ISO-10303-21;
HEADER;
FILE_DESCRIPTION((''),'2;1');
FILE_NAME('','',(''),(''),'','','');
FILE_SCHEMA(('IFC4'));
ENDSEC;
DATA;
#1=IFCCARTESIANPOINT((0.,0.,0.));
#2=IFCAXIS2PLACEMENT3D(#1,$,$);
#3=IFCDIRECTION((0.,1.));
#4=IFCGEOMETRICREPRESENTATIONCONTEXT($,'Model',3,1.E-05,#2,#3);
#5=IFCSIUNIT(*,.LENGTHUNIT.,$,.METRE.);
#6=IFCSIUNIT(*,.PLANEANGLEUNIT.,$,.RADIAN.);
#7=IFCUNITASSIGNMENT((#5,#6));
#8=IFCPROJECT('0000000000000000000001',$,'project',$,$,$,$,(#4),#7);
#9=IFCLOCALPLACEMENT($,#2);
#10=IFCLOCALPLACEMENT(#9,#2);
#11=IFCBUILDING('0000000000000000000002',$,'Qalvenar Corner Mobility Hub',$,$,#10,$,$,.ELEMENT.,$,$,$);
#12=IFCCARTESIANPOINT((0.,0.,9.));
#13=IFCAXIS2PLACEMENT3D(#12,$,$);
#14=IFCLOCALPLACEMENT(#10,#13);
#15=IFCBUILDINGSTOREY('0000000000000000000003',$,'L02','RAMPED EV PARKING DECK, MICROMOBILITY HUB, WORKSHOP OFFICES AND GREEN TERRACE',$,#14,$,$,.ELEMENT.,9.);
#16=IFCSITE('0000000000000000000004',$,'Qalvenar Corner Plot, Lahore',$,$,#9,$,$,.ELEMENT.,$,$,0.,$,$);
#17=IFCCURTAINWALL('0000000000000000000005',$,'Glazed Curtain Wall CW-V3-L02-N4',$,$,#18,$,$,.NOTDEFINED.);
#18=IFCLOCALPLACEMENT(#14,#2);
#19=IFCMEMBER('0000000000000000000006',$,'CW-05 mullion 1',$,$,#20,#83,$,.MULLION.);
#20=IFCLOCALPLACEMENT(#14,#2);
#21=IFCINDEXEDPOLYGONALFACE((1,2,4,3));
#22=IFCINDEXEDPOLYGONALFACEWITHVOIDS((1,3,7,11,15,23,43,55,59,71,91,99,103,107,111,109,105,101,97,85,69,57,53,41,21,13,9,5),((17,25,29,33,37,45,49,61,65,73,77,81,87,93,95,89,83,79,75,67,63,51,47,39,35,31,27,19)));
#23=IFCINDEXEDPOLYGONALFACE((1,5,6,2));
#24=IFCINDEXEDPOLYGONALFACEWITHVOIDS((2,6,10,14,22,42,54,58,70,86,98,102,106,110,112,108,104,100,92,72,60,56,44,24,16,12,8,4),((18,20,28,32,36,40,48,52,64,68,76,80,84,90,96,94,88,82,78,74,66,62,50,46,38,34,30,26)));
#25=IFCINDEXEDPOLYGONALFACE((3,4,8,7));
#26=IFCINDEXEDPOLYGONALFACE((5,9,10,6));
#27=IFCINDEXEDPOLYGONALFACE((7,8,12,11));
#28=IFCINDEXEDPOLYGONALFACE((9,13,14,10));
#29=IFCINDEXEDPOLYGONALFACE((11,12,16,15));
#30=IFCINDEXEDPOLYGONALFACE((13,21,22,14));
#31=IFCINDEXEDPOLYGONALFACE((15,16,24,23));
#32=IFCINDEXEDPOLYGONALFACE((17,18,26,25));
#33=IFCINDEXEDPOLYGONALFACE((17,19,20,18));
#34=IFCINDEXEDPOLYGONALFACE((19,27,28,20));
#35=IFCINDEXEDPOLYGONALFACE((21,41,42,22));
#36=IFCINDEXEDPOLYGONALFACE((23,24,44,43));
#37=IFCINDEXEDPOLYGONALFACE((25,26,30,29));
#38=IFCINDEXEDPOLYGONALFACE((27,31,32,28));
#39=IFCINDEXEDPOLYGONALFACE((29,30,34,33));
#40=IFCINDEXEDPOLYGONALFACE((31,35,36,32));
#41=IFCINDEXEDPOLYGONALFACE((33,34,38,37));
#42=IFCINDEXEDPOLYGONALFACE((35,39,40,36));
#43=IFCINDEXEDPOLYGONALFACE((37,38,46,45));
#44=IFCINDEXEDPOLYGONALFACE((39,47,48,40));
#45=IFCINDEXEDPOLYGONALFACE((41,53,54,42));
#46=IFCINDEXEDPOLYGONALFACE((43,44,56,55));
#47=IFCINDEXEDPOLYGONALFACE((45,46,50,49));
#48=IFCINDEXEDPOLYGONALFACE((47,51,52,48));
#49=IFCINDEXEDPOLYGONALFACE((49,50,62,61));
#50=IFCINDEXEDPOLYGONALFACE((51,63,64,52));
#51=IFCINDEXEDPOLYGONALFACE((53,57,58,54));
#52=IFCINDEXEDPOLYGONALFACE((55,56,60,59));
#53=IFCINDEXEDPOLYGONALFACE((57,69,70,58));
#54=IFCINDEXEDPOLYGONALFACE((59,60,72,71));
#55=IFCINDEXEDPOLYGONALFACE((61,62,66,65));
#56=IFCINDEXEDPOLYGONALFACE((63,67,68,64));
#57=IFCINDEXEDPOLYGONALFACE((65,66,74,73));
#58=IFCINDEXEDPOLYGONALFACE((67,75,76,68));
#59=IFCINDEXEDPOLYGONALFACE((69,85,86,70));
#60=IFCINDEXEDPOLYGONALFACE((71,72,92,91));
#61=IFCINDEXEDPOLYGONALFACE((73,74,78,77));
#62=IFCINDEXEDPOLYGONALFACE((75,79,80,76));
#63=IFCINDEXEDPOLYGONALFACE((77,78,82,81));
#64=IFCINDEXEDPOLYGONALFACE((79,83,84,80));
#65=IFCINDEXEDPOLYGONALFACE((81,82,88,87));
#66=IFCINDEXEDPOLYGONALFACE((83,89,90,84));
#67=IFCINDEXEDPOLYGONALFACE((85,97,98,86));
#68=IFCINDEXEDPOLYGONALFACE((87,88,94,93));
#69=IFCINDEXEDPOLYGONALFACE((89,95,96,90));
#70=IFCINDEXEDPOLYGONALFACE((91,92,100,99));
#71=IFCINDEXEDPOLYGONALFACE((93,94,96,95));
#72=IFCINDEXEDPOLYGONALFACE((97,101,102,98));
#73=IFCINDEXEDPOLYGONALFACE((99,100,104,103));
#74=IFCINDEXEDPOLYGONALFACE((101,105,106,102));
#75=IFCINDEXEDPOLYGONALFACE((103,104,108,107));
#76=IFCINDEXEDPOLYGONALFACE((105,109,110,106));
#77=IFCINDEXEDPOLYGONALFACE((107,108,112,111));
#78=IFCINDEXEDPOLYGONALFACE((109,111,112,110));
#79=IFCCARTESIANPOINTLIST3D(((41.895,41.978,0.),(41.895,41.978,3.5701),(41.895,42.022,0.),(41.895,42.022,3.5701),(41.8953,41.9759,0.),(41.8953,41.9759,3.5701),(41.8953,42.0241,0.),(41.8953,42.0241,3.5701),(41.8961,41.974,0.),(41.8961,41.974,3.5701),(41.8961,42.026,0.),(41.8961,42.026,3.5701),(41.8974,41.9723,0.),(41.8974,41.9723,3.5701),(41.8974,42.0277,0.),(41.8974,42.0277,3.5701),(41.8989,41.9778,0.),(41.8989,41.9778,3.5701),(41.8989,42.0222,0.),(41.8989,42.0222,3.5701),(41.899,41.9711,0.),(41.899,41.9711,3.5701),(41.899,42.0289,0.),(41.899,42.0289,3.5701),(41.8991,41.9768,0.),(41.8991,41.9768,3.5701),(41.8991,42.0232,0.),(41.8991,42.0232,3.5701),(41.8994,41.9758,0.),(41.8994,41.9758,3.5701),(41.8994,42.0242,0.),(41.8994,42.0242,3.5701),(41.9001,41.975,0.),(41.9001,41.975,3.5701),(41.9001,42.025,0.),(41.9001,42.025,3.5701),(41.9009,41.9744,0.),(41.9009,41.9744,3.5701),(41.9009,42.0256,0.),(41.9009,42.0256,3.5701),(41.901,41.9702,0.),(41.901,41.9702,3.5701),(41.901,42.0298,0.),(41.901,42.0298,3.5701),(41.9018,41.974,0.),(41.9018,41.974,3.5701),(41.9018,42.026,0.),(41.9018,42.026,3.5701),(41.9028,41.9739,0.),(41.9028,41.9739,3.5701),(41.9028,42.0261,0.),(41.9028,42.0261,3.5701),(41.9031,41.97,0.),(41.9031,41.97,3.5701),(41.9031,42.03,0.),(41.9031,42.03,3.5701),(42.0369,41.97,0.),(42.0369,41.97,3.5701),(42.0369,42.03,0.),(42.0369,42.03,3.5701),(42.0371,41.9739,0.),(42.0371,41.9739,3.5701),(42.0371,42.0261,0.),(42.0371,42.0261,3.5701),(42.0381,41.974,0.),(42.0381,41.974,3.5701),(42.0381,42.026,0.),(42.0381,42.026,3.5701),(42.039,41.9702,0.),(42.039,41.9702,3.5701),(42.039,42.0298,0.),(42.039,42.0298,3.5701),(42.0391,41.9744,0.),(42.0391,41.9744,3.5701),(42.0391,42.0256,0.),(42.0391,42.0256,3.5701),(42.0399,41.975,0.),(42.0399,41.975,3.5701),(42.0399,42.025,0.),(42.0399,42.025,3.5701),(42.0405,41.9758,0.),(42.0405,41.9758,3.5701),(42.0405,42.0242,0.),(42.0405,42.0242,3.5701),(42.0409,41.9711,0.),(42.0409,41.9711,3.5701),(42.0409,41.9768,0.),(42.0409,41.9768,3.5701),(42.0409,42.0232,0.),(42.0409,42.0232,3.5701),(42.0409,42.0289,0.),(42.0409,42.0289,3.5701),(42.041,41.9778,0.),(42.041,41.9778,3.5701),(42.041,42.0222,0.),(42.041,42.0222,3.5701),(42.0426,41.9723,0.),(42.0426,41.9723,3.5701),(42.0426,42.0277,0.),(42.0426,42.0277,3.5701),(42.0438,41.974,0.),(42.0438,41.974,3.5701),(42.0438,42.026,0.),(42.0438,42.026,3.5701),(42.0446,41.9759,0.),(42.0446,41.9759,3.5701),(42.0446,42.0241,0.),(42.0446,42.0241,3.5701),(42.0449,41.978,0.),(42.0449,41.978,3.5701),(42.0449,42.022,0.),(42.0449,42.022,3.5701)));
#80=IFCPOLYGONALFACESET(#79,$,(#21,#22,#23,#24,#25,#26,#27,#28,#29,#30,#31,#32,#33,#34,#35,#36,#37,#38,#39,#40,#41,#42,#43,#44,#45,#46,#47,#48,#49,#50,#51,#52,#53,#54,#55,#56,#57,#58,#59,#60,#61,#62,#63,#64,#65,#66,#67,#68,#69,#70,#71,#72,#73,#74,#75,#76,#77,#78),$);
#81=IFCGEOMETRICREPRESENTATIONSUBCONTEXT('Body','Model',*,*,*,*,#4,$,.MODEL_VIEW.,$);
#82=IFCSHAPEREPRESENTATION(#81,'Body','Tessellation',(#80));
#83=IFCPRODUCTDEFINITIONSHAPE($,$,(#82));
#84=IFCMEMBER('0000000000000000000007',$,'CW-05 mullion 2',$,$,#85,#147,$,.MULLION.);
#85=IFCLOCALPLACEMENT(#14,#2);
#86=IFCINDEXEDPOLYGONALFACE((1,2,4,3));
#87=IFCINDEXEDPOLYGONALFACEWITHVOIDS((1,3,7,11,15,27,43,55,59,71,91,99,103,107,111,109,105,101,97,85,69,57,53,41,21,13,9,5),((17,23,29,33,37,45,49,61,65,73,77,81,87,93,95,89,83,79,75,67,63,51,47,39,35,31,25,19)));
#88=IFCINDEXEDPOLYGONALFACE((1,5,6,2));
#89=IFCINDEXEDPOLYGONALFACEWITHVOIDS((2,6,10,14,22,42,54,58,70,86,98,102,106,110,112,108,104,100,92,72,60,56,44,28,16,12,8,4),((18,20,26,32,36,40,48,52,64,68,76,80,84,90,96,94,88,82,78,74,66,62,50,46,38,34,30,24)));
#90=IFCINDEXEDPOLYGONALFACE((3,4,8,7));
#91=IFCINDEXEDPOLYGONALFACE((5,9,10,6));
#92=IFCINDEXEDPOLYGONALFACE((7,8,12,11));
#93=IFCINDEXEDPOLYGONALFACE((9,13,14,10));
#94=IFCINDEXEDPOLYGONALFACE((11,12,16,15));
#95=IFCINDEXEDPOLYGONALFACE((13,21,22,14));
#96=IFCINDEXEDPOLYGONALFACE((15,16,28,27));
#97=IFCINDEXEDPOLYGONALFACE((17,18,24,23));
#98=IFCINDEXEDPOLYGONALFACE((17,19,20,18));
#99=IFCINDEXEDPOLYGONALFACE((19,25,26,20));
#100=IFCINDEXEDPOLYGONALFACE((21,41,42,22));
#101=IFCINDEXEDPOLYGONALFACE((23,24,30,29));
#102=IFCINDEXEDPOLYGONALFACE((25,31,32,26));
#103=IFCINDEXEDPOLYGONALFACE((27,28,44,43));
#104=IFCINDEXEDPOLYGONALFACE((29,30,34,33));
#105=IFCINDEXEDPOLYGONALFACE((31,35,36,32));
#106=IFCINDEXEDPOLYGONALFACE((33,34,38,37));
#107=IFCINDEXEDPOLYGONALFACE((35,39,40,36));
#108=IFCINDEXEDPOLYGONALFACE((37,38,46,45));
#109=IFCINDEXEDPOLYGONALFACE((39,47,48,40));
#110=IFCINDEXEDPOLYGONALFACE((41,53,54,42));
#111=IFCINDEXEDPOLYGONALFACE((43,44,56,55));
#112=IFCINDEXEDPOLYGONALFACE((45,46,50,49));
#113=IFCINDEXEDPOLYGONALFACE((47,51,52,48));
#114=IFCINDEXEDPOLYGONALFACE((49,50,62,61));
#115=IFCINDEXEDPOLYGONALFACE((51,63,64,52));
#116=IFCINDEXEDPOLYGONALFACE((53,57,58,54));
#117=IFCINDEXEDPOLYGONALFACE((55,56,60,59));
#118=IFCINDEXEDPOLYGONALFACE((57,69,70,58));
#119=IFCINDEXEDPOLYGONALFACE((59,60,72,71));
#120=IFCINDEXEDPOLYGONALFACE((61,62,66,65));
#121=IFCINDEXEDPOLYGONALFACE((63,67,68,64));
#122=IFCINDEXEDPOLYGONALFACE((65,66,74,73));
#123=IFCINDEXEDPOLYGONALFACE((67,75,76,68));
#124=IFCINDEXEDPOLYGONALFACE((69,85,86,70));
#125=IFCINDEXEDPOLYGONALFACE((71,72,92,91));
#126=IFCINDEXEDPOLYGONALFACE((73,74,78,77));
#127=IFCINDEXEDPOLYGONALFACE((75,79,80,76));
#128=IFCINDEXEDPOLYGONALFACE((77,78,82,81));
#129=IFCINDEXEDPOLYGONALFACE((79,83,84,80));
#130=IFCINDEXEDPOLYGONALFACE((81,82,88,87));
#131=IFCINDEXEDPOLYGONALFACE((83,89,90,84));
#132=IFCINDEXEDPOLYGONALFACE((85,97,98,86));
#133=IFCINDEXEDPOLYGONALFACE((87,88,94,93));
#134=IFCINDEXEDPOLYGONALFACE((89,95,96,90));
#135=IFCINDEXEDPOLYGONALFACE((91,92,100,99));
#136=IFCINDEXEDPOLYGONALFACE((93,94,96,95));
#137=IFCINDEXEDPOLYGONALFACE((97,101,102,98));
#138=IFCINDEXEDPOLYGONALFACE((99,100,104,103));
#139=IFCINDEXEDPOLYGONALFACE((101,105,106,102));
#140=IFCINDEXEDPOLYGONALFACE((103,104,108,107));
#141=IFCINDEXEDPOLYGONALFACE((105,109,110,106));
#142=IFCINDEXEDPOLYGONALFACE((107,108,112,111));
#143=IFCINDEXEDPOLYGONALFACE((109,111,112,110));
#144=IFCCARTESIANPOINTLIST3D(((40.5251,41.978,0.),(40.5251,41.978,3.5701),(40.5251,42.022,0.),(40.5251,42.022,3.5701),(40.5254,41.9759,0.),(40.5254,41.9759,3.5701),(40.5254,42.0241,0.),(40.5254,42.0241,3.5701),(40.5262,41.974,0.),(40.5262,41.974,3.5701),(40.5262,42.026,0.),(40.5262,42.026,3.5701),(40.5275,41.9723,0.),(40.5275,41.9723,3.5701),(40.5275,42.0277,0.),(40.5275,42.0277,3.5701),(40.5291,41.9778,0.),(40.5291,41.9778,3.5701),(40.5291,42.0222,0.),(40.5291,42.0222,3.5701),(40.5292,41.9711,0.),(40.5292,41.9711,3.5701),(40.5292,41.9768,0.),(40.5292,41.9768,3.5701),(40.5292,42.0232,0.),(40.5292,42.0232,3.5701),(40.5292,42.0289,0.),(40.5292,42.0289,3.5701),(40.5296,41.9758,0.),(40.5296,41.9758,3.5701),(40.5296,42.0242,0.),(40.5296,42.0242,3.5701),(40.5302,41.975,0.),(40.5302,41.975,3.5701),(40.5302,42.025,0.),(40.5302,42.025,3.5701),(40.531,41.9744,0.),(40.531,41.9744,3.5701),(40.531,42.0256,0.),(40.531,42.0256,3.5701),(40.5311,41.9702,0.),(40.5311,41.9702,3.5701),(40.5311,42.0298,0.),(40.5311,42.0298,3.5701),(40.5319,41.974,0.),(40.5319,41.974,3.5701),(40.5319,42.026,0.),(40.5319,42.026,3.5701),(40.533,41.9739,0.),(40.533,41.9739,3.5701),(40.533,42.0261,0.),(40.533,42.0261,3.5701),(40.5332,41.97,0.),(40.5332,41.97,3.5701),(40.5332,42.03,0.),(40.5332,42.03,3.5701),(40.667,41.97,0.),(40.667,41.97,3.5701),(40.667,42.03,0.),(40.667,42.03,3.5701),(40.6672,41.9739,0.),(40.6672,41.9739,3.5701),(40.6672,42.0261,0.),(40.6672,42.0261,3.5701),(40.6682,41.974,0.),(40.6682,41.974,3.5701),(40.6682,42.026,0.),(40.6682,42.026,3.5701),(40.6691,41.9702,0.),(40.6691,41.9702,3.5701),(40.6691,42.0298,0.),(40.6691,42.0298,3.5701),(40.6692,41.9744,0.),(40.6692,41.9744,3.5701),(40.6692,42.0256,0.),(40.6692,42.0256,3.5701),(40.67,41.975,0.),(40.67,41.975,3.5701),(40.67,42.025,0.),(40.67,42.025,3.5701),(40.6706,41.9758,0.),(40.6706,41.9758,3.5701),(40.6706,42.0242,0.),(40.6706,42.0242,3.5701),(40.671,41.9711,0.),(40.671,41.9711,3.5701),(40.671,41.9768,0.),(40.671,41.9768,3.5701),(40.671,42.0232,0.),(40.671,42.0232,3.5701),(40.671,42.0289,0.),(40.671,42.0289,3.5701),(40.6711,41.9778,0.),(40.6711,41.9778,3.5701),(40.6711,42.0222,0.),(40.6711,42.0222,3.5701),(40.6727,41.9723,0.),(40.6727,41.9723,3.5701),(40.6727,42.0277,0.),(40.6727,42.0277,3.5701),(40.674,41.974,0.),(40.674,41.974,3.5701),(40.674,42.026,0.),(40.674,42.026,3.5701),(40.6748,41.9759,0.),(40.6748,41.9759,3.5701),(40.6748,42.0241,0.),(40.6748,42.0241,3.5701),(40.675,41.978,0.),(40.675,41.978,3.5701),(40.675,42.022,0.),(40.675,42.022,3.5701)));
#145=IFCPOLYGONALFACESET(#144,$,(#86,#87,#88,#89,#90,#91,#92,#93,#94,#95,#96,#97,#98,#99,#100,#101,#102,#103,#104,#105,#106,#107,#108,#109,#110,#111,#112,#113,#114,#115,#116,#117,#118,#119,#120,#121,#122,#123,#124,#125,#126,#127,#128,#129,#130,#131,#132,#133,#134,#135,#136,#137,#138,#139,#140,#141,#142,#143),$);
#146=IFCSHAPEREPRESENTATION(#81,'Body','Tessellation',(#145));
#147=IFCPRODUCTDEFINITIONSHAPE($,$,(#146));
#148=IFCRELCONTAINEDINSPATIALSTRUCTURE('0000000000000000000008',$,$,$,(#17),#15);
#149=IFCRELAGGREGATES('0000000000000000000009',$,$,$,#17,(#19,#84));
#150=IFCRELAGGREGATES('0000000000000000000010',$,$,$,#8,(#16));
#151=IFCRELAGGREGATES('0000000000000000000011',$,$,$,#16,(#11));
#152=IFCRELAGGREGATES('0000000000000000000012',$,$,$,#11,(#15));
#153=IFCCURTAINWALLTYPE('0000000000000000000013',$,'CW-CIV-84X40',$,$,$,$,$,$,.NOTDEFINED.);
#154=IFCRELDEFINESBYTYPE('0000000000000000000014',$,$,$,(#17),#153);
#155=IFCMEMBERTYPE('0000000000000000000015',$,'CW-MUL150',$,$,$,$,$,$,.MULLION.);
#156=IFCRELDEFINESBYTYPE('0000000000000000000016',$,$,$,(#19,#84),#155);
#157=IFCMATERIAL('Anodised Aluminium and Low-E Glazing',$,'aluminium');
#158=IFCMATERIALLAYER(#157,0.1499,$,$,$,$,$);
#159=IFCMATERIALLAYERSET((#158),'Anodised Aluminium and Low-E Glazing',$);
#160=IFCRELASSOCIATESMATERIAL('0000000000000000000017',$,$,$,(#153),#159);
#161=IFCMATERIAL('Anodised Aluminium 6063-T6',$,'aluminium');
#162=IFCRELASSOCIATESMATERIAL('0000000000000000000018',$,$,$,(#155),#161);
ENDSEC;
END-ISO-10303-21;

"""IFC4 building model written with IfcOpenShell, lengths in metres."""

from ifc_helpers import new_model, si_unit, direction, frame, origin, origin_2d, place, context, subcontext, project, spatial, hollow_rectangle, extrude, material, layer, layer_set, material_profile, profile_set, type_object, element, aggregate, save


model = new_model("IFC4")

# Units and contexts
model_context = context("Model", 3, precision=1e-05, world=origin(), true_north=direction((0.0, 1.0)))
body_context = subcontext(model_context, "Body", "Model", "MODEL_VIEW")
ifc_project = project(units=[si_unit("LENGTHUNIT", "METRE"), si_unit("PLANEANGLEUNIT", "RADIAN")], contexts=[model_context])

# Site, building, storey
site_placement = place(None, origin())
site = spatial("IfcSite", under=ifc_project, at=site_placement, Name="Qalvenar Corner Plot, Lahore", CompositionType="ELEMENT", RefElevation=0.0)
building_placement = place(site_placement, origin())
building = spatial("IfcBuilding", under=site, at=building_placement, Name="Qalvenar Corner Mobility Hub", CompositionType="ELEMENT")
storey_placement = place(building_placement, frame((0.0, 0.0, 9.0)))
storey = spatial("IfcBuildingStorey", under=building, at=storey_placement, Name="L02", Description="RAMPED EV PARKING DECK, MICROMOBILITY HUB, WORKSHOP OFFICES AND GREEN TERRACE", CompositionType="ELEMENT", Elevation=9.0)

# Curtain wall, members
ifc_material_1 = material(Name="Anodised Aluminium and Low-E Glazing", Category="aluminium")
ifc_layer_1 = layer(ifc_material_1, 0.1499)
ifc_layer_set_1 = layer_set([ifc_layer_1], Name="Anodised Aluminium and Low-E Glazing")
curtain_wall_type = type_object("IfcCurtainWallType", Name="CW-CIV-84X40", PredefinedType="NOTDEFINED", material=ifc_layer_set_1)
curtain_wall_placement = place(storey_placement, origin())
curtain_wall = element("IfcCurtainWall", 1, at=curtain_wall_placement, inside=storey, type_object=curtain_wall_type, Name="Glazed Curtain Wall CW-V3-L02-N4", PredefinedType="NOTDEFINED")
ifc_material_2 = material(Name="Anodised Aluminium 6063-T6", Category="aluminium")
ifc_material_profile_1 = material_profile(ifc_material_2, hollow_rectangle(XDim=0.0601, YDim=0.1499, WallThickness=0.0039, InnerFilletRadius=0.0039, OuterFilletRadius=0.0081, at=origin_2d()), Name="RHS150x60x4")
ifc_profile_set_1 = profile_set([ifc_material_profile_1], Name="Anodised Aluminium 6063-T6")
member_type_1 = type_object("IfcMemberType", Name="CW-MUL150", PredefinedType="MULLION", material=ifc_profile_set_1)
member_1_placement = place(storey_placement, frame((41.97, 42.0, 0.0), z_axis=(0.0, 0.0, 1.0), x_axis=(0.0, -1.0, 0.0)))
member_1 = element("IfcMember", 2, at=member_1_placement, type_object=member_type_1, Name="CW-05 mullion 1", PredefinedType="MULLION", context=body_context, shape_type="SweptSolid", body=[
    extrude(hollow_rectangle(XDim=0.0601, YDim=0.1499, WallThickness=0.0039, InnerFilletRadius=0.0039, OuterFilletRadius=0.0081, at=origin_2d()), origin(), (0.0, 0.0, 1.0), 3.5701),
])
member_2_placement = place(storey_placement, frame((40.6001, 42.0, 0.0), z_axis=(0.0, 0.0, 1.0), x_axis=(0.0, -1.0, 0.0)))
member_2 = element("IfcMember", 3, at=member_2_placement, type_object=member_type_1, Name="CW-05 mullion 2", PredefinedType="MULLION", context=body_context, shape_type="SweptSolid", body=[
    extrude(hollow_rectangle(XDim=0.0601, YDim=0.1499, WallThickness=0.0039, InnerFilletRadius=0.0039, OuterFilletRadius=0.0081, at=origin_2d()), origin(), (0.0, 0.0, 1.0), 3.5701),
])
aggregate(curtain_wall, [member_1, member_2])

save(model, "model.ifc")
